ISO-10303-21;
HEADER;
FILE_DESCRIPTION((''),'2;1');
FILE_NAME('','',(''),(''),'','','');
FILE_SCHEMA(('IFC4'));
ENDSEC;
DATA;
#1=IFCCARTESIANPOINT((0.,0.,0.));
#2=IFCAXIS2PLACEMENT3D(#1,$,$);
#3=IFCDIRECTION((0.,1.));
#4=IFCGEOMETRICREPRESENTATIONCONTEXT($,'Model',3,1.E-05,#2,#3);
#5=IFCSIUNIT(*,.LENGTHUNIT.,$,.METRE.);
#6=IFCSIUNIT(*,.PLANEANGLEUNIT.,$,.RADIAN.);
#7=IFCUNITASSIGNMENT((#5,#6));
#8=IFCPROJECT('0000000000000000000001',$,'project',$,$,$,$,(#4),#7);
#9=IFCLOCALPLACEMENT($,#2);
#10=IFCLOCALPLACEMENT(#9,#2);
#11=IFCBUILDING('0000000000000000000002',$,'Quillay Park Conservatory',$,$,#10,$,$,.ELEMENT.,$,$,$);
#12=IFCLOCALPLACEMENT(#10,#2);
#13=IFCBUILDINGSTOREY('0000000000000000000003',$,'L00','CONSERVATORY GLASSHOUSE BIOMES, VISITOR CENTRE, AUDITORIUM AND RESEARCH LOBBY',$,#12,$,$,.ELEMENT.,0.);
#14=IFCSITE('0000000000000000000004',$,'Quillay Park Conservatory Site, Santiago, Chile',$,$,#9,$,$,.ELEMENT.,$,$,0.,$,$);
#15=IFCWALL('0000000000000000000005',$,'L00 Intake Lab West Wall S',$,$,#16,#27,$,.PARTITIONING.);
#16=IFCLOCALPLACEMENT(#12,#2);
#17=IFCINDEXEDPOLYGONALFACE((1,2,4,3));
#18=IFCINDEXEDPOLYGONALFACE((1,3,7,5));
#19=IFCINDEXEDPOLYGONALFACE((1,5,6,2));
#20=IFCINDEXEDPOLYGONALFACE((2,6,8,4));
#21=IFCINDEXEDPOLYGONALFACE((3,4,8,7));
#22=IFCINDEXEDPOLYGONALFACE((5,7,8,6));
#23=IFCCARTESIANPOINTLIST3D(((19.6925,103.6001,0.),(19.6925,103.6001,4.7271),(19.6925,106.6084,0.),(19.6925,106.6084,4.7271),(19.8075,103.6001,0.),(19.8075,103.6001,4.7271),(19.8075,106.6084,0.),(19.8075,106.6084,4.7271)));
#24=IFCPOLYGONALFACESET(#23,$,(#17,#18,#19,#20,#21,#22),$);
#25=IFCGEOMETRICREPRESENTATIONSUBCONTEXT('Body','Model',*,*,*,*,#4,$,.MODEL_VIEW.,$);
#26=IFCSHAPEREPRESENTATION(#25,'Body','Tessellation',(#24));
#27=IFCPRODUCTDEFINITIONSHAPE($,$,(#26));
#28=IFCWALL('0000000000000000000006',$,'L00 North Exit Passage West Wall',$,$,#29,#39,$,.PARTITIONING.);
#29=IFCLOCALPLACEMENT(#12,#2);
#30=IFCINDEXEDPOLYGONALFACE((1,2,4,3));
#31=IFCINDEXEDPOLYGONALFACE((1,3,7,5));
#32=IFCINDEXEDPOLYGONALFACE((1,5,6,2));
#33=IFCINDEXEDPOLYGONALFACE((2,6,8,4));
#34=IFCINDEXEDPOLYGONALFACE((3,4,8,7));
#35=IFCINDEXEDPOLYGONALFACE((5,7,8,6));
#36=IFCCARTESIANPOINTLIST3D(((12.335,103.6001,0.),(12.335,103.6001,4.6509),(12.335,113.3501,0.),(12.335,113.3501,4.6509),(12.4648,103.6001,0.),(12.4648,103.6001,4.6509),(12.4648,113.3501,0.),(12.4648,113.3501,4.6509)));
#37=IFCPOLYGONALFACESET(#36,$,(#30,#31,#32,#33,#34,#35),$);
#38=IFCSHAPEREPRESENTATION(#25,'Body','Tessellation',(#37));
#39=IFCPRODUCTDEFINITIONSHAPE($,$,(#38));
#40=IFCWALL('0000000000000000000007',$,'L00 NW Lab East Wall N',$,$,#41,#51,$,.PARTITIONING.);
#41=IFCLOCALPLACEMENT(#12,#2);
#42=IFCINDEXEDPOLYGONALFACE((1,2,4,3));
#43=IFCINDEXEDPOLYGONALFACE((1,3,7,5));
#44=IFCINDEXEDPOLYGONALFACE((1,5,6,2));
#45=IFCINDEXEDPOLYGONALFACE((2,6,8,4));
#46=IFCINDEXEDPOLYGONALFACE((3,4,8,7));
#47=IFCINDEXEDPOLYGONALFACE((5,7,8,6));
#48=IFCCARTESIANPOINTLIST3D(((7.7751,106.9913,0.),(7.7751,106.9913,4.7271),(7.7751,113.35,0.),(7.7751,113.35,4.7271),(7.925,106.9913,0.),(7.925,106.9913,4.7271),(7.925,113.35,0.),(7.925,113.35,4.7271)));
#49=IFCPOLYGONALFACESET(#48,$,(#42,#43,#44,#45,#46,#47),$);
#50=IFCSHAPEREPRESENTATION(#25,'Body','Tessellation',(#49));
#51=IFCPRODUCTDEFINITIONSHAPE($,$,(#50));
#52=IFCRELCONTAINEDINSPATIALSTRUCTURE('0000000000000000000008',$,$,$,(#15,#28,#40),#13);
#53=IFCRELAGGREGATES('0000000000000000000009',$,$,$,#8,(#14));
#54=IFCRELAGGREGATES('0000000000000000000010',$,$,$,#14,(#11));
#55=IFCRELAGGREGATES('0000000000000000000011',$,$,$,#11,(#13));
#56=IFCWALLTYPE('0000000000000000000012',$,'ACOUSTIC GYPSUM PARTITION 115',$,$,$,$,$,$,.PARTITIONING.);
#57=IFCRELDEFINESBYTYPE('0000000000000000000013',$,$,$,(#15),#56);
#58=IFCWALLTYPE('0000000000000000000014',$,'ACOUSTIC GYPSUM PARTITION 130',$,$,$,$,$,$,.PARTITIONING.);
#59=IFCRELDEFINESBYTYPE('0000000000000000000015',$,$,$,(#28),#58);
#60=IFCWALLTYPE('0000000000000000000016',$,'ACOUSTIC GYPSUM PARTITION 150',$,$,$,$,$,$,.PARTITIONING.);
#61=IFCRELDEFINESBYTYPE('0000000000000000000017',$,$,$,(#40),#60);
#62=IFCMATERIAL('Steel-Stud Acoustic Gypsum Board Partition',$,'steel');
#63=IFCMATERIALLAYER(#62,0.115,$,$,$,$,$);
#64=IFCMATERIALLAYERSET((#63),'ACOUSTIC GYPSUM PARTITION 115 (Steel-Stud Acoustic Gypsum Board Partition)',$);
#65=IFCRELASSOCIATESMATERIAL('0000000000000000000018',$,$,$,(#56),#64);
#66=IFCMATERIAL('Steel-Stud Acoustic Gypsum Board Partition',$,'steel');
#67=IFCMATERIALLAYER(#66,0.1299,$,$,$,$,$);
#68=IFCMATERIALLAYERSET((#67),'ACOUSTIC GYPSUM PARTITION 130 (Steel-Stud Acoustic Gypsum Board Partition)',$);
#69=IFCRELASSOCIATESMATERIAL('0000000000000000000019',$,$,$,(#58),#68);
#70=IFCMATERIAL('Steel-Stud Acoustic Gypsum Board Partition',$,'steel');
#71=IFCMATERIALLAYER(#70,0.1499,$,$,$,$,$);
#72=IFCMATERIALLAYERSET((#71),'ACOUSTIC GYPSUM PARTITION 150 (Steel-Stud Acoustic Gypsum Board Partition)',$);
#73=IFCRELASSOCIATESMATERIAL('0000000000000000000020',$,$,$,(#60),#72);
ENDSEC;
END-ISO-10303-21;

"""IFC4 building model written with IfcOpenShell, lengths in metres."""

from ifc_helpers import new_model, si_unit, direction, frame, frame_2d, origin, place, context, subcontext, project, spatial, rectangle, extrude, material, layer, layer_set, type_object, element, save


model = new_model("IFC4")

# Units and contexts
model_context = context("Model", 3, precision=1e-05, world=origin(), true_north=direction((0.0, 1.0)))
body_context = subcontext(model_context, "Body", "Model", "MODEL_VIEW")
ifc_project = project(units=[si_unit("LENGTHUNIT", "METRE"), si_unit("PLANEANGLEUNIT", "RADIAN")], contexts=[model_context])

# Site, building, storey
site_placement = place(None, origin())
site = spatial("IfcSite", under=ifc_project, at=site_placement, Name="Quillay Park Conservatory Site, Santiago, Chile", CompositionType="ELEMENT", RefElevation=0.0)
building_placement = place(site_placement, origin())
building = spatial("IfcBuilding", under=site, at=building_placement, Name="Quillay Park Conservatory", CompositionType="ELEMENT")
storey_placement = place(building_placement, origin())
storey = spatial("IfcBuildingStorey", under=building, at=storey_placement, Name="L00", Description="CONSERVATORY GLASSHOUSE BIOMES, VISITOR CENTRE, AUDITORIUM AND RESEARCH LOBBY", CompositionType="ELEMENT", Elevation=0.0)

# Walls
ifc_material_1 = material(Name="Steel-Stud Acoustic Gypsum Board Partition", Category="steel")
ifc_layer_1 = layer(ifc_material_1, 0.115)
ifc_layer_set_1 = layer_set([ifc_layer_1], Name="ACOUSTIC GYPSUM PARTITION 115 (Steel-Stud Acoustic Gypsum Board Partition)")
wall_type_1 = type_object("IfcWallType", Name="ACOUSTIC GYPSUM PARTITION 115", PredefinedType="PARTITIONING", material=ifc_layer_set_1)
wall_1_placement = place(storey_placement, frame((19.75, 106.6084, 0.0), z_axis=(0.0, 0.0, 1.0), x_axis=(0.0, -1.0, 0.0)))
element("IfcWall", 1, at=wall_1_placement, inside=storey, type_object=wall_type_1, Name="L00 Intake Lab West Wall S", PredefinedType="PARTITIONING", context=body_context, shape_type="SweptSolid", body=[
    extrude(rectangle(XDim=3.0083, YDim=0.115, at=frame_2d((1.5042, 0.0))), origin(), (0.0, 0.0, 1.0), 4.7271),
])
ifc_material_2 = material(Name="Steel-Stud Acoustic Gypsum Board Partition", Category="steel")
ifc_layer_2 = layer(ifc_material_2, 0.1299)
ifc_layer_set_2 = layer_set([ifc_layer_2], Name="ACOUSTIC GYPSUM PARTITION 130 (Steel-Stud Acoustic Gypsum Board Partition)")
wall_type_2 = type_object("IfcWallType", Name="ACOUSTIC GYPSUM PARTITION 130", PredefinedType="PARTITIONING", material=ifc_layer_set_2)
wall_2_placement = place(storey_placement, frame((12.3999, 113.3501, 0.0), z_axis=(0.0, 0.0, 1.0), x_axis=(0.0, -1.0, 0.0)))
element("IfcWall", 2, at=wall_2_placement, inside=storey, type_object=wall_type_2, Name="L00 North Exit Passage West Wall", PredefinedType="PARTITIONING", context=body_context, shape_type="SweptSolid", body=[
    extrude(rectangle(XDim=9.75, YDim=0.1299, at=frame_2d((4.875, 0.0))), origin(), (0.0, 0.0, 1.0), 4.6509),
])
ifc_material_3 = material(Name="Steel-Stud Acoustic Gypsum Board Partition", Category="steel")
ifc_layer_3 = layer(ifc_material_3, 0.1499)
ifc_layer_set_3 = layer_set([ifc_layer_3], Name="ACOUSTIC GYPSUM PARTITION 150 (Steel-Stud Acoustic Gypsum Board Partition)")
wall_type_3 = type_object("IfcWallType", Name="ACOUSTIC GYPSUM PARTITION 150", PredefinedType="PARTITIONING", material=ifc_layer_set_3)
wall_3_placement = place(storey_placement, frame((7.8501, 106.9915, 0.0), z_axis=(0.0, 0.0, 1.0), x_axis=(0.0, 1.0, 0.0)))
element("IfcWall", 3, at=wall_3_placement, inside=storey, type_object=wall_type_3, Name="L00 NW Lab East Wall N", PredefinedType="PARTITIONING", context=body_context, shape_type="SweptSolid", body=[
    extrude(rectangle(XDim=6.3586, YDim=0.1499, at=frame_2d((3.1792, 0.0))), origin(), (0.0, 0.0, 1.0), 4.7271),
])

save(model, "model.ifc")
